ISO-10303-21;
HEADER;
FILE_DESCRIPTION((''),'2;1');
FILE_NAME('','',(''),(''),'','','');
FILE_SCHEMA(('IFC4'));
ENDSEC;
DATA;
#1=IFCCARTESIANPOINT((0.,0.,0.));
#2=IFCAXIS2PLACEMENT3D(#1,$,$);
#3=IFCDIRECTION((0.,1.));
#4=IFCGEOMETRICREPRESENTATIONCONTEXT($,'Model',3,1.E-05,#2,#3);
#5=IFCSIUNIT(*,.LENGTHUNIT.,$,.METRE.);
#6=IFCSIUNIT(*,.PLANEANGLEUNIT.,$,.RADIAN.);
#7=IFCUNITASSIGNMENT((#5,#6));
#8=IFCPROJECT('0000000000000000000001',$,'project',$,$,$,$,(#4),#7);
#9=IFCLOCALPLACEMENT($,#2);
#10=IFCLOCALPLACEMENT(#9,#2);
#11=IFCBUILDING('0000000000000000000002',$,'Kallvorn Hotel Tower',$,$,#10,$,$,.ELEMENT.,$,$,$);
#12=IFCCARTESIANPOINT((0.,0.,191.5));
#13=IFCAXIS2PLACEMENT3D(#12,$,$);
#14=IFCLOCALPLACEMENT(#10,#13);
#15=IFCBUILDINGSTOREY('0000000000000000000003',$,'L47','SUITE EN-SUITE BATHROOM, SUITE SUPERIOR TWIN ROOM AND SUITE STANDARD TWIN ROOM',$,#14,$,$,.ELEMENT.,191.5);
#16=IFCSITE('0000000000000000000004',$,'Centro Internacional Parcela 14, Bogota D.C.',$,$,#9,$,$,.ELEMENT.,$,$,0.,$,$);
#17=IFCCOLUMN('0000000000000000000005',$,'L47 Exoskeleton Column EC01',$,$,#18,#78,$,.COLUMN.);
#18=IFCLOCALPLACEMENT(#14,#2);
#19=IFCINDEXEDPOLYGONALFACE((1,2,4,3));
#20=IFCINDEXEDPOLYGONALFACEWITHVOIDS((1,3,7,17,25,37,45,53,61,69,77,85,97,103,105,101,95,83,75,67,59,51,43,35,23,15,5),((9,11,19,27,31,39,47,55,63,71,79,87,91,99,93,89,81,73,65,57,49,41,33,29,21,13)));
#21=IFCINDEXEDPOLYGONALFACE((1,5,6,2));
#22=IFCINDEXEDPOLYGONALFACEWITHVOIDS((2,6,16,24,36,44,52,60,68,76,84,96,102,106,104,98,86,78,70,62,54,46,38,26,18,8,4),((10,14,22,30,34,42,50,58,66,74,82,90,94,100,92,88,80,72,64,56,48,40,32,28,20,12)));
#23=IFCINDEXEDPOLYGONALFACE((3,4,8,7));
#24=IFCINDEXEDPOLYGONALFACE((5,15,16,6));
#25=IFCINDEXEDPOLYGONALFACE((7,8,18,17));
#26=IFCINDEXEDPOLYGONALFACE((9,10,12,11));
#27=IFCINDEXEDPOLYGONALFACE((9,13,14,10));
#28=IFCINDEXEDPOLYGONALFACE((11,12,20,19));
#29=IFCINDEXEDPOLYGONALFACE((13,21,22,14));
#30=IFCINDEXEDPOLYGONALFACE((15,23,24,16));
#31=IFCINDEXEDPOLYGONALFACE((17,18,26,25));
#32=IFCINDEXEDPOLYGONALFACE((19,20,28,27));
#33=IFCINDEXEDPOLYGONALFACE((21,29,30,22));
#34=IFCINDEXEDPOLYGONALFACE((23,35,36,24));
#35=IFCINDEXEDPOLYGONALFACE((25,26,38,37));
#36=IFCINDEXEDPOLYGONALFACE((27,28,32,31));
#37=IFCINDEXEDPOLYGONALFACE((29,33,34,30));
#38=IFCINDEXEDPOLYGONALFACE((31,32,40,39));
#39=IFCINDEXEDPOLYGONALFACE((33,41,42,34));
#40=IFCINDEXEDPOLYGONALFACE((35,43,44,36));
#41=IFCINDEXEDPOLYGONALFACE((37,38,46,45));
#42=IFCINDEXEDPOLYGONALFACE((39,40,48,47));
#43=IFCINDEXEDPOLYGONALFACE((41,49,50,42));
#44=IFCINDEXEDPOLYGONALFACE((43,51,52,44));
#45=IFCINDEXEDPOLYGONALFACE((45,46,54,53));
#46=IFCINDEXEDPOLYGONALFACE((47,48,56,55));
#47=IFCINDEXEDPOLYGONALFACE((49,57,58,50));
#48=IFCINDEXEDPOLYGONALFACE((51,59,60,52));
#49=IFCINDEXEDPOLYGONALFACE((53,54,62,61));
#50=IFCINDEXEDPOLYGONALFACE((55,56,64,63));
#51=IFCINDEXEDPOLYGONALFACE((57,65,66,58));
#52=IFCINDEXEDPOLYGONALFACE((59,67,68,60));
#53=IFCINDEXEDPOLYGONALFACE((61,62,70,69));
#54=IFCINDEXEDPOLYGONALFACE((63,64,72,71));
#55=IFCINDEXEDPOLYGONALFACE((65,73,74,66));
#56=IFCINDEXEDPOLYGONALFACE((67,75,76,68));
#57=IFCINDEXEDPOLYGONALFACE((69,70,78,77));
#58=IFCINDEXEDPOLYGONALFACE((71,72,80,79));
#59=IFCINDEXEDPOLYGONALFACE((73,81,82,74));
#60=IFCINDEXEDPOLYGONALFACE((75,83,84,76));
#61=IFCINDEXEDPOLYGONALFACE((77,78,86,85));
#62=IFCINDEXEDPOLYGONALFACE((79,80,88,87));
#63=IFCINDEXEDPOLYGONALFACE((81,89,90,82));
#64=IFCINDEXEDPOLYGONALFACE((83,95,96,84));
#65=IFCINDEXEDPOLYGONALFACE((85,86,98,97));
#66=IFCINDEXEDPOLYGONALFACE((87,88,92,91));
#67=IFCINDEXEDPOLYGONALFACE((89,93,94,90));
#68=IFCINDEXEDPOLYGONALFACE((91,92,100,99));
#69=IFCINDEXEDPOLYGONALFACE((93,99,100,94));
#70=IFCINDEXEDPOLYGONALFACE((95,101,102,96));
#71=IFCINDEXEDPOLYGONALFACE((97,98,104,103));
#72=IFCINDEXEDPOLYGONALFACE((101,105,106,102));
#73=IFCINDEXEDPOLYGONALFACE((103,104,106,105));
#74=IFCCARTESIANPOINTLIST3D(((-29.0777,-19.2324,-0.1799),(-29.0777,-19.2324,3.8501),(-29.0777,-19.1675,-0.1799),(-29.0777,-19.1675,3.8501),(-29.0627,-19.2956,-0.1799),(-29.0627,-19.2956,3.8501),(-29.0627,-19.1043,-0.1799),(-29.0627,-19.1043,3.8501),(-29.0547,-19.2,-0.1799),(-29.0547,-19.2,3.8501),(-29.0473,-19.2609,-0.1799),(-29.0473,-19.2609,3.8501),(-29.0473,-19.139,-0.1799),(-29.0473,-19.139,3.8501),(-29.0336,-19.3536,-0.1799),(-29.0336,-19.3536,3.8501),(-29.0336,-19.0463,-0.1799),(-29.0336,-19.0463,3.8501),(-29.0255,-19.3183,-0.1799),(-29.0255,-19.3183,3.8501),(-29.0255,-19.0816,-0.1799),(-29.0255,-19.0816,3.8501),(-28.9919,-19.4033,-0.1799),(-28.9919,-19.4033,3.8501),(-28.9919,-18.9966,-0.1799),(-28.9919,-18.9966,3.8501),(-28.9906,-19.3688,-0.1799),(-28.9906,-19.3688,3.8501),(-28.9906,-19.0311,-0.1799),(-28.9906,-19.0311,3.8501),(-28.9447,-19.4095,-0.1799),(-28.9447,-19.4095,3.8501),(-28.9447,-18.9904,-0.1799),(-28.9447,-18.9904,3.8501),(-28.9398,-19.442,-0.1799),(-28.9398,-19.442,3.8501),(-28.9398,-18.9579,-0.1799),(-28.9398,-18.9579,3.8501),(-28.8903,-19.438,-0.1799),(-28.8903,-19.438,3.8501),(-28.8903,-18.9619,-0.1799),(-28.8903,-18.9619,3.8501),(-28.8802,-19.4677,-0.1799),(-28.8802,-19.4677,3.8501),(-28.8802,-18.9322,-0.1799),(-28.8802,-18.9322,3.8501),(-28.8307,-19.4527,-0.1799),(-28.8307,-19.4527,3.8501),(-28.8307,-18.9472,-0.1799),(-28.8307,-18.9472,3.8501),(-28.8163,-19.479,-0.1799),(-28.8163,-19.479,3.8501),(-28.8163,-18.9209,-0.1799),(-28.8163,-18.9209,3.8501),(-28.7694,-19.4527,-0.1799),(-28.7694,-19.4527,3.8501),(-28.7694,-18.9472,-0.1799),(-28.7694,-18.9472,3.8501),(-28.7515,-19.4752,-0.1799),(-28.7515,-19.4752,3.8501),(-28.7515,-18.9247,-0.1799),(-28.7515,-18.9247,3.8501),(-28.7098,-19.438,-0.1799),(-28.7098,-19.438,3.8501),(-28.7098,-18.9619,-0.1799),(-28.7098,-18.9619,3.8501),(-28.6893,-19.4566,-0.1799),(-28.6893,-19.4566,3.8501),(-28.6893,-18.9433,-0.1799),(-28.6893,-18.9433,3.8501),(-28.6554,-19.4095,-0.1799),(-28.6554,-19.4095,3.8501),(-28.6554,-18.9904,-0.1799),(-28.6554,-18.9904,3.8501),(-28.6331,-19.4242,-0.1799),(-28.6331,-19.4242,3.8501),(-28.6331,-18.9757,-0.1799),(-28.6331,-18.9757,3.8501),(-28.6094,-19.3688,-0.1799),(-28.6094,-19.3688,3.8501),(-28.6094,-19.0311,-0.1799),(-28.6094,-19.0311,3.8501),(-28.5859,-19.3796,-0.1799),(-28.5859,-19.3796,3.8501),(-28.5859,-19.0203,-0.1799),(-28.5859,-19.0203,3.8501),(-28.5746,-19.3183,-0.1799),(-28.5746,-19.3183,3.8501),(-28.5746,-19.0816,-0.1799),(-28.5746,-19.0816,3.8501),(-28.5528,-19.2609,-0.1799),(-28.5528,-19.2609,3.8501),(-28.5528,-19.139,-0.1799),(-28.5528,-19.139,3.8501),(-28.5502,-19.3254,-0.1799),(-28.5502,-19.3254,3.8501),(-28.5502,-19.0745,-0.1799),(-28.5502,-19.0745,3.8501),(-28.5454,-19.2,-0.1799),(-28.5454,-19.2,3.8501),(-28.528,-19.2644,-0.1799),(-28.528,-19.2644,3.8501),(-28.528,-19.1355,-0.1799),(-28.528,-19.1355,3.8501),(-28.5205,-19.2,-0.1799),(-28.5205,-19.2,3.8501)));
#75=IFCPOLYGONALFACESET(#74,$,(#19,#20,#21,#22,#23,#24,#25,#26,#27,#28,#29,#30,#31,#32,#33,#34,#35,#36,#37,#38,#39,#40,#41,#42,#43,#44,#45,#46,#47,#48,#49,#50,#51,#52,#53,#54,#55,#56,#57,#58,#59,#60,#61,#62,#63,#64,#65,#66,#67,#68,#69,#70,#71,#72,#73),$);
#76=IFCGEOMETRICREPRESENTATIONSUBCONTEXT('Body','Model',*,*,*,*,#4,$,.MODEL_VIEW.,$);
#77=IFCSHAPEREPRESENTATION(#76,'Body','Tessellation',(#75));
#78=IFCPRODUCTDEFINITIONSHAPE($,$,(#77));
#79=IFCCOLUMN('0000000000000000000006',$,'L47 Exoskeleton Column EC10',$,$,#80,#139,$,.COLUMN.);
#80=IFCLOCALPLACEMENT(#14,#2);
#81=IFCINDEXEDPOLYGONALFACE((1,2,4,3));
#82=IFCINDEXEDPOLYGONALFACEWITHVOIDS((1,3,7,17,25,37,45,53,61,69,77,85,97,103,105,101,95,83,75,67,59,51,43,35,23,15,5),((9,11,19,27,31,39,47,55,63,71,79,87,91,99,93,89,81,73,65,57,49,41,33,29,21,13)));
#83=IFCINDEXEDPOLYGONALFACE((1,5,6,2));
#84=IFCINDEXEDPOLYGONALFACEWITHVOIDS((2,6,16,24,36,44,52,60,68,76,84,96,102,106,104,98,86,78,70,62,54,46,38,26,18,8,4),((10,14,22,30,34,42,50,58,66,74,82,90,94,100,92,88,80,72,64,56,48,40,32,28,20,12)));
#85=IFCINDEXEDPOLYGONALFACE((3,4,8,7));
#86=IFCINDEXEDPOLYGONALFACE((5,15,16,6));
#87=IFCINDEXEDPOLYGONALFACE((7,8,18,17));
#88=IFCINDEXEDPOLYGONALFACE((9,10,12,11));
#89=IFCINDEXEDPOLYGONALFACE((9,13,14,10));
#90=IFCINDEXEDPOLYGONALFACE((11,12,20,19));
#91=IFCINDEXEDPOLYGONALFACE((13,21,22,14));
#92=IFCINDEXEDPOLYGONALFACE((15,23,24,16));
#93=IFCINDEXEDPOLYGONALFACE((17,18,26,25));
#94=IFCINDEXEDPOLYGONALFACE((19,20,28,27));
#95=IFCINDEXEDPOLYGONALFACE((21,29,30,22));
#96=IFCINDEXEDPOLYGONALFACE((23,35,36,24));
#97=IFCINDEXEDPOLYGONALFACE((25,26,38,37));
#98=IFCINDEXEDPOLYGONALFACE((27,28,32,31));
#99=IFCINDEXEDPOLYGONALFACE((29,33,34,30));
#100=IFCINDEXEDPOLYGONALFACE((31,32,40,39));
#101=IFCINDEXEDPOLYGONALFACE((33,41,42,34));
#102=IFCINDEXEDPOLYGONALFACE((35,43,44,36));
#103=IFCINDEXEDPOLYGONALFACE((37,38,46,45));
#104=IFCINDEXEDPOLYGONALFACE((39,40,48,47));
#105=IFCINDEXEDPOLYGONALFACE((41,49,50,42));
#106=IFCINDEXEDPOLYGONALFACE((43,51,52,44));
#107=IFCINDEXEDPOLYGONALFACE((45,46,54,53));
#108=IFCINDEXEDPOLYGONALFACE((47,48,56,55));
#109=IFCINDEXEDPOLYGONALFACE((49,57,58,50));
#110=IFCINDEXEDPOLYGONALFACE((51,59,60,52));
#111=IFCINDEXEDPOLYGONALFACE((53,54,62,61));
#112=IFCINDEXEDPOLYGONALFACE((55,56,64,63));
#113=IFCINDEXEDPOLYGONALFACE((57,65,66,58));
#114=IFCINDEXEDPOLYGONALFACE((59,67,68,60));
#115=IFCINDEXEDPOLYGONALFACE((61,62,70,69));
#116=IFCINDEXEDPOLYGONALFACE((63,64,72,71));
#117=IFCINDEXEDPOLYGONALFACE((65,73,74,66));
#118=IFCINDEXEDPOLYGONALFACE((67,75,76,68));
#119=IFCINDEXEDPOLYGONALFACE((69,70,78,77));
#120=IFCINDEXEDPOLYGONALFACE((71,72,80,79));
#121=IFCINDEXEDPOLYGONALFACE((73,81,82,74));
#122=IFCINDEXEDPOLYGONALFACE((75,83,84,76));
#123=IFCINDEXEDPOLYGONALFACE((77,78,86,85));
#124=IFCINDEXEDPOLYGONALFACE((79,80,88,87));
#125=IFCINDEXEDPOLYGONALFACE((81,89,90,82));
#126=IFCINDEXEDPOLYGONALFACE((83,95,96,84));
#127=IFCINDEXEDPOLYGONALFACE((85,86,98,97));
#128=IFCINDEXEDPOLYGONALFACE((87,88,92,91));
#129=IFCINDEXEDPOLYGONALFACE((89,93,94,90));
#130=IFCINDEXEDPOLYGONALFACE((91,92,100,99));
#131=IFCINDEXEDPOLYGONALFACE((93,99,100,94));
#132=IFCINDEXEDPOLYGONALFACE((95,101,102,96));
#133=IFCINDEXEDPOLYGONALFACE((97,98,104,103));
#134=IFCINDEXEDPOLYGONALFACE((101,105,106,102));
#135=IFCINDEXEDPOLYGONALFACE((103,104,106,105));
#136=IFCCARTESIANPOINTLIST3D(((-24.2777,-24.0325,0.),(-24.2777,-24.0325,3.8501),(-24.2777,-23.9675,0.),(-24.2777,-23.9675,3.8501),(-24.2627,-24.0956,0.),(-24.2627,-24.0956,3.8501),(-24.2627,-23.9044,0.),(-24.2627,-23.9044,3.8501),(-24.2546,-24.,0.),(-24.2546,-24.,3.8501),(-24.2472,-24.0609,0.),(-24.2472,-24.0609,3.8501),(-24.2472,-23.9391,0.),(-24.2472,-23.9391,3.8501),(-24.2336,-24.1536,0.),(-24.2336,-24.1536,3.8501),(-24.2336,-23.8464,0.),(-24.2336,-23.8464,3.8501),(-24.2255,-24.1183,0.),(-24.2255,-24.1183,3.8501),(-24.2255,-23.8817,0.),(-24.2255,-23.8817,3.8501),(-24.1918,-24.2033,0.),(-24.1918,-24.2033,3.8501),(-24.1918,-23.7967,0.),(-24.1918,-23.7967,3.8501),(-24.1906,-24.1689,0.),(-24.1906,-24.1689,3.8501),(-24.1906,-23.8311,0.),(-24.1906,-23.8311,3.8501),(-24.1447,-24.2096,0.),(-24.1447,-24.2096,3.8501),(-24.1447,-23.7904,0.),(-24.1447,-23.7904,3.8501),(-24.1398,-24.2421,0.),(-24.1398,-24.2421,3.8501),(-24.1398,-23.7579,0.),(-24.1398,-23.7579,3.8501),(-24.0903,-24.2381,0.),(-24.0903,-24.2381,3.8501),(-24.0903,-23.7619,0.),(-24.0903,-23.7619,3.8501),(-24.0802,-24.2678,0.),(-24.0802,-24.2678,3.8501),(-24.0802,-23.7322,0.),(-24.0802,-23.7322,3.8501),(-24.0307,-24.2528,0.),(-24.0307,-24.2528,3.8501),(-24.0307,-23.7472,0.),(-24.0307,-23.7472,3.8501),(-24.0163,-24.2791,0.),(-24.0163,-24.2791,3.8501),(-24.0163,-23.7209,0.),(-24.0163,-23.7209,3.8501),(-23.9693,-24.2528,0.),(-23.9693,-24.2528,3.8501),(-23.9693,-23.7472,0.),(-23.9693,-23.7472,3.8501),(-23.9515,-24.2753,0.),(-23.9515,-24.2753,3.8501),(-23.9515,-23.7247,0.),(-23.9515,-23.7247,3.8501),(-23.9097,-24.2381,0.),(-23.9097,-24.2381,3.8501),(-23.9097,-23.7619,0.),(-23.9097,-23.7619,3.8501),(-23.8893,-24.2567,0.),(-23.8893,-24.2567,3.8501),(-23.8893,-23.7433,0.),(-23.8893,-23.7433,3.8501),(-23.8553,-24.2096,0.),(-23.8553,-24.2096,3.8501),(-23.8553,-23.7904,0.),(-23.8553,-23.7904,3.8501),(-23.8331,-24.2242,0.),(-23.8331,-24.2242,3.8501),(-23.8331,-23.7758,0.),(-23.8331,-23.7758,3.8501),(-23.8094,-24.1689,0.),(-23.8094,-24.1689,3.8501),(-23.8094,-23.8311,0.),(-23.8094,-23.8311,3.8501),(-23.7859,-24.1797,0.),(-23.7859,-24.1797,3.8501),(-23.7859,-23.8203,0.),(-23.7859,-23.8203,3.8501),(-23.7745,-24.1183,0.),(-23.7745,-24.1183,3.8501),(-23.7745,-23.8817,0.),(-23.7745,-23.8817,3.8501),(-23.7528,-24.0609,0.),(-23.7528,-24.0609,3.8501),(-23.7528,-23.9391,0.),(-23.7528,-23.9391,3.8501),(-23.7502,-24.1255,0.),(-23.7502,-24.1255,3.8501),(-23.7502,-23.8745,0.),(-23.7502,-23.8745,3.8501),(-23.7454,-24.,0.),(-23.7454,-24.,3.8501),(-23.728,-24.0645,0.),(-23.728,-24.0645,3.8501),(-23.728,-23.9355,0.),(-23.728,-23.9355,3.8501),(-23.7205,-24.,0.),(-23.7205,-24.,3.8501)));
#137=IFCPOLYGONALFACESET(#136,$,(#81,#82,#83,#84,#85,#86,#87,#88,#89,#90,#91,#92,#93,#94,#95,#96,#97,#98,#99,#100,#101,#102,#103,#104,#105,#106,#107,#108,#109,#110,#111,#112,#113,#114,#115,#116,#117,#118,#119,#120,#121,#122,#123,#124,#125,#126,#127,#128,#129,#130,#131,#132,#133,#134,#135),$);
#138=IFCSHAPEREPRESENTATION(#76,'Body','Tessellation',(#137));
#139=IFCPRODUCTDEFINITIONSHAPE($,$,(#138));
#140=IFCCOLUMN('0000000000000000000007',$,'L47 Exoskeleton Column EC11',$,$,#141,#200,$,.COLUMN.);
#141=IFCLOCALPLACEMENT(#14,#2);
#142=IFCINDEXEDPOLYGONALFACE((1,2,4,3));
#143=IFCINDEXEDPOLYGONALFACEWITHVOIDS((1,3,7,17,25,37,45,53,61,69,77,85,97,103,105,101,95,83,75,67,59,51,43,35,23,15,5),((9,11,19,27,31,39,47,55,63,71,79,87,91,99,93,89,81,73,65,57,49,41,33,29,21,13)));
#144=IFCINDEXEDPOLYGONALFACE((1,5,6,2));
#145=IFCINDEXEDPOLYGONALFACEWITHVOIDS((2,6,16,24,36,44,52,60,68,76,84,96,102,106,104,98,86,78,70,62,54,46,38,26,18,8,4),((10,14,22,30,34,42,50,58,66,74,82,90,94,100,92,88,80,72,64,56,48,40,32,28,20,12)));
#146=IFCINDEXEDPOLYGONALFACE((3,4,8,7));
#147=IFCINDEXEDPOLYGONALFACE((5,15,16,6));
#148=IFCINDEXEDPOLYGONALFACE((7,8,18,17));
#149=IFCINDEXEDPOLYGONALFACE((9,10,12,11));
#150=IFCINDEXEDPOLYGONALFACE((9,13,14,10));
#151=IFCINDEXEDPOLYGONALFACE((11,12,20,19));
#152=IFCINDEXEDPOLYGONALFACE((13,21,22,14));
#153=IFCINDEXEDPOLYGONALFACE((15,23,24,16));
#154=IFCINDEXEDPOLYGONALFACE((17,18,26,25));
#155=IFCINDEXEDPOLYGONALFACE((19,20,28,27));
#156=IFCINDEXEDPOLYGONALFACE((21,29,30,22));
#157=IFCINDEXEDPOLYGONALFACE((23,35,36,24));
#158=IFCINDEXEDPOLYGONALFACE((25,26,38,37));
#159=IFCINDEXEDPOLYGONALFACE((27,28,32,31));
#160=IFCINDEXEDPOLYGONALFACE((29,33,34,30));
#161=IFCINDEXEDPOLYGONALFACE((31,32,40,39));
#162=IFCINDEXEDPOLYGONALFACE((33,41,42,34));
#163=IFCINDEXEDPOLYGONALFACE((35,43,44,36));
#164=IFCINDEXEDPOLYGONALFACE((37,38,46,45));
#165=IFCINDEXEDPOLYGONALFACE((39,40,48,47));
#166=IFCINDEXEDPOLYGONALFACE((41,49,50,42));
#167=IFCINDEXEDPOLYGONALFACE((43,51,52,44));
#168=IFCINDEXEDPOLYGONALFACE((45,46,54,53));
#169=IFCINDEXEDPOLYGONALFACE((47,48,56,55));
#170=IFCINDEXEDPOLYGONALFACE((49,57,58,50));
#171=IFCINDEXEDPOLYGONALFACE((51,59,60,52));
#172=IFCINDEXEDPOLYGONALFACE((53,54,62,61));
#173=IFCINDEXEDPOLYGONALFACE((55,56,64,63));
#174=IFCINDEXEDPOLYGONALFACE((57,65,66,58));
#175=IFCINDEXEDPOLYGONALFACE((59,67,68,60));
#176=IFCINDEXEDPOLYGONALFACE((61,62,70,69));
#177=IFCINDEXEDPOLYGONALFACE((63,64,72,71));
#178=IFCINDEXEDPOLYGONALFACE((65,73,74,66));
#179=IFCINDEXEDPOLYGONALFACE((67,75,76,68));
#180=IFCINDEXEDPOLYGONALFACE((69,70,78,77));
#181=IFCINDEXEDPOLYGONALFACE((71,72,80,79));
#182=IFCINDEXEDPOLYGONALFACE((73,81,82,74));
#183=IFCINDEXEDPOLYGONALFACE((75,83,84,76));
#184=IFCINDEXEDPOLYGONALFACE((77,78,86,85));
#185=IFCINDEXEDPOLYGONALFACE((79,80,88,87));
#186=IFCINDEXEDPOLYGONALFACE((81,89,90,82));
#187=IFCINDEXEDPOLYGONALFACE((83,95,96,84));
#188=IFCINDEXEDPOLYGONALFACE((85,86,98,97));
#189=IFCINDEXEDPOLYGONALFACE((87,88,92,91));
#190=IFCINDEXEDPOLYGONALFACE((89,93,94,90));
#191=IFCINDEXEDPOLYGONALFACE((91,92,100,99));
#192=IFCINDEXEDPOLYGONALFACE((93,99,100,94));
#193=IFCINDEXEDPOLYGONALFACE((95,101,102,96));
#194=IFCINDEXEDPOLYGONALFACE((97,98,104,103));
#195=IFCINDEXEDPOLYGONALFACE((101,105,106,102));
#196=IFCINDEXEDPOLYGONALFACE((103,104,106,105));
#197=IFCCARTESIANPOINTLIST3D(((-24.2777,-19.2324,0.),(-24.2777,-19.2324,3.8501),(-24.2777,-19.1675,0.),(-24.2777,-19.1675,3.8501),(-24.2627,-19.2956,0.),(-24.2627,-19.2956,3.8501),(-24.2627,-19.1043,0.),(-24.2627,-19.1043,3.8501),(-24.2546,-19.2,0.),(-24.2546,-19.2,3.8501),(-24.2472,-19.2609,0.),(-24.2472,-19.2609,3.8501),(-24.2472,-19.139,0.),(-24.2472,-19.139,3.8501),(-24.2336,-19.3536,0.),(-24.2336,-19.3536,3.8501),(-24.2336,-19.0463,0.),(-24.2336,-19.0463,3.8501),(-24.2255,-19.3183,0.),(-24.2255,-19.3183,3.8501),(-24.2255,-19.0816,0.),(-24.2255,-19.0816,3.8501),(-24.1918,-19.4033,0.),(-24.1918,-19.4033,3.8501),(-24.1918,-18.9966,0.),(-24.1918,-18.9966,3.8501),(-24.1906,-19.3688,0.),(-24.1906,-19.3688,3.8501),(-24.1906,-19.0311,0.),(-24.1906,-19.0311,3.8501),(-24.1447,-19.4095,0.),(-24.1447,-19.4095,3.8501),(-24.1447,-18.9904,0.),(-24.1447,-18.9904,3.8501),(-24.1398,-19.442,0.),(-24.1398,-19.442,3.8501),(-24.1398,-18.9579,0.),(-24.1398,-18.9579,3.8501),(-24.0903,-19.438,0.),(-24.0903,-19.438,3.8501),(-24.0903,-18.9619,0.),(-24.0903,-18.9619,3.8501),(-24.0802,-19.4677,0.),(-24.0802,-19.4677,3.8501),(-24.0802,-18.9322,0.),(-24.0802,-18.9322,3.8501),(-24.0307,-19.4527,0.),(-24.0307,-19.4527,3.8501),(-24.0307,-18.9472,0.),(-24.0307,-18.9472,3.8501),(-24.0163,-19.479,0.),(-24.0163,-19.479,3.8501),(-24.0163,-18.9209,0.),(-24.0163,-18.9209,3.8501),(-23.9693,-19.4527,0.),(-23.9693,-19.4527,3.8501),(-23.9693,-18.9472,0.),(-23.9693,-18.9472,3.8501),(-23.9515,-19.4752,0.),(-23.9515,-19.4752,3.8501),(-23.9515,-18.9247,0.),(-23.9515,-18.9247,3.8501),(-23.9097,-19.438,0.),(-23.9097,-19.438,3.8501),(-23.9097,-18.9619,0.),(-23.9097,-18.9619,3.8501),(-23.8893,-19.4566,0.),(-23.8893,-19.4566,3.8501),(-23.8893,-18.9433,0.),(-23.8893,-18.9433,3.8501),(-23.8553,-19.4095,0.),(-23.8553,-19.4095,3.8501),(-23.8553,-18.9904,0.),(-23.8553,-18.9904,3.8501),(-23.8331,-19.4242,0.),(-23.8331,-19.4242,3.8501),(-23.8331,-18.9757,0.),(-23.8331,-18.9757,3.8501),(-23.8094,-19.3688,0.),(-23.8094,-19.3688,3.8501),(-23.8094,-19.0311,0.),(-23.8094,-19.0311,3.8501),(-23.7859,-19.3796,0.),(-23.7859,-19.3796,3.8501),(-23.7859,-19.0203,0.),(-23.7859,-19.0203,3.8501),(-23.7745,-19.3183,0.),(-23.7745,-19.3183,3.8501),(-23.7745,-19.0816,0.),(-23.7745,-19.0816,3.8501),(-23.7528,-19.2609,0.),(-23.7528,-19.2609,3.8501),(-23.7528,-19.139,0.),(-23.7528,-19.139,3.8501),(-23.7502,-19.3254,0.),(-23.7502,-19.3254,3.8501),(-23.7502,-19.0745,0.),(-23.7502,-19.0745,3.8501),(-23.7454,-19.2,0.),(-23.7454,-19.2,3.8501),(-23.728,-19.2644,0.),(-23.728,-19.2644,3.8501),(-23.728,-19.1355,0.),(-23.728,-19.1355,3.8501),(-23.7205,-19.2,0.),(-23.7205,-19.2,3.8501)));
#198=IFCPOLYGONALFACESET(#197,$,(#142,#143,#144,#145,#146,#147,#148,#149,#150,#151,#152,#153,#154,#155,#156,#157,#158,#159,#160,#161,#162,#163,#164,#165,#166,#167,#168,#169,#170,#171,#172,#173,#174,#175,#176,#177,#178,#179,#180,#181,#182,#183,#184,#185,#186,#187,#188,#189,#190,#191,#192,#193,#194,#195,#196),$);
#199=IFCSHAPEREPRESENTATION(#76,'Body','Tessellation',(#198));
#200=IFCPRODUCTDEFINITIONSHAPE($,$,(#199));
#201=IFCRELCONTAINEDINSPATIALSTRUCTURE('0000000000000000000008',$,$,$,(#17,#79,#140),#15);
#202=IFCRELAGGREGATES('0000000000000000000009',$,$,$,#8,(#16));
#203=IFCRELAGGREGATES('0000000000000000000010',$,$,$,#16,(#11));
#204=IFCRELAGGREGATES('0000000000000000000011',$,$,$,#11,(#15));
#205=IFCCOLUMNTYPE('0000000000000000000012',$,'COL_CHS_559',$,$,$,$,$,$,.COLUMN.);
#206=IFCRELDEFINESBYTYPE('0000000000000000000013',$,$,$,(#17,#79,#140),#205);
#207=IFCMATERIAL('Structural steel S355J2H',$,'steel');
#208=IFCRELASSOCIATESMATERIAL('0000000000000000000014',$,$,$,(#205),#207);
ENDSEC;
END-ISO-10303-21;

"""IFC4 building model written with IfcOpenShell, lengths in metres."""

from ifc_helpers import new_model, si_unit, direction, frame, origin, origin_2d, place, context, subcontext, project, spatial, hollow_circle, extrude, material, material_profile, profile_set, type_object, element, save


model = new_model("IFC4")

# Units and contexts
model_context = context("Model", 3, precision=1e-05, world=origin(), true_north=direction((0.0, 1.0)))
body_context = subcontext(model_context, "Body", "Model", "MODEL_VIEW")
ifc_project = project(units=[si_unit("LENGTHUNIT", "METRE"), si_unit("PLANEANGLEUNIT", "RADIAN")], contexts=[model_context])

# Site, building, storey
site_placement = place(None, origin())
site = spatial("IfcSite", under=ifc_project, at=site_placement, Name="Centro Internacional Parcela 14, Bogota D.C.", CompositionType="ELEMENT", RefElevation=0.0)
building_placement = place(site_placement, origin())
building = spatial("IfcBuilding", under=site, at=building_placement, Name="Kallvorn Hotel Tower", CompositionType="ELEMENT")
storey_placement = place(building_placement, frame((0.0, 0.0, 191.5)))
storey = spatial("IfcBuildingStorey", under=building, at=storey_placement, Name="L47", Description="SUITE EN-SUITE BATHROOM, SUITE SUPERIOR TWIN ROOM AND SUITE STANDARD TWIN ROOM", CompositionType="ELEMENT", Elevation=191.5)

# Columns
ifc_material_1 = material(Name="Structural steel S355J2H", Category="steel")
ifc_material_profile_1 = material_profile(ifc_material_1, hollow_circle(Radius=0.2795, WallThickness=0.0249, at=origin_2d()), Name="CHS 559x25")
ifc_profile_set_1 = profile_set([ifc_material_profile_1], Name="Structural steel S355J2H")
column_type = type_object("IfcColumnType", Name="COL_CHS_559", PredefinedType="COLUMN", material=ifc_profile_set_1)
column_placement = place(storey_placement, frame((-28.8, -19.2, -0.1799), z_axis=(0.0, 0.0, 1.0), x_axis=(1.0, 0.0, 0.0)))
element("IfcColumn", 1, at=column_placement, inside=storey, type_object=column_type, Name="L47 Exoskeleton Column EC01", PredefinedType="COLUMN", context=body_context, shape_type="SweptSolid", body=[
    extrude(hollow_circle(Radius=0.2795, WallThickness=0.0249, at=origin_2d()), origin(), (0.0, 0.0, 1.0), 4.03),
])
for number, where, z_axis, x_axis, name in (
    (2, (-24.0, -24.0, 0.0), (0.0, 0.0, 1.0), (1.0, 0.0, 0.0), "L47 Exoskeleton Column EC10"),
    (3, (-24.0, -19.2, 0.0), (0.0, 0.0, 1.0), (1.0, 0.0, 0.0), "L47 Exoskeleton Column EC11"),
):
    element("IfcColumn", number, at=place(storey_placement, frame(where, z_axis=z_axis, x_axis=x_axis)), inside=storey, type_object=column_type, Name=name, PredefinedType="COLUMN", context=body_context, shape_type="SweptSolid", body=[
        extrude(hollow_circle(Radius=0.2795, WallThickness=0.0249, at=origin_2d()), origin(), (0.0, 0.0, 1.0), 3.8501),
    ])

save(model, "model.ifc")
